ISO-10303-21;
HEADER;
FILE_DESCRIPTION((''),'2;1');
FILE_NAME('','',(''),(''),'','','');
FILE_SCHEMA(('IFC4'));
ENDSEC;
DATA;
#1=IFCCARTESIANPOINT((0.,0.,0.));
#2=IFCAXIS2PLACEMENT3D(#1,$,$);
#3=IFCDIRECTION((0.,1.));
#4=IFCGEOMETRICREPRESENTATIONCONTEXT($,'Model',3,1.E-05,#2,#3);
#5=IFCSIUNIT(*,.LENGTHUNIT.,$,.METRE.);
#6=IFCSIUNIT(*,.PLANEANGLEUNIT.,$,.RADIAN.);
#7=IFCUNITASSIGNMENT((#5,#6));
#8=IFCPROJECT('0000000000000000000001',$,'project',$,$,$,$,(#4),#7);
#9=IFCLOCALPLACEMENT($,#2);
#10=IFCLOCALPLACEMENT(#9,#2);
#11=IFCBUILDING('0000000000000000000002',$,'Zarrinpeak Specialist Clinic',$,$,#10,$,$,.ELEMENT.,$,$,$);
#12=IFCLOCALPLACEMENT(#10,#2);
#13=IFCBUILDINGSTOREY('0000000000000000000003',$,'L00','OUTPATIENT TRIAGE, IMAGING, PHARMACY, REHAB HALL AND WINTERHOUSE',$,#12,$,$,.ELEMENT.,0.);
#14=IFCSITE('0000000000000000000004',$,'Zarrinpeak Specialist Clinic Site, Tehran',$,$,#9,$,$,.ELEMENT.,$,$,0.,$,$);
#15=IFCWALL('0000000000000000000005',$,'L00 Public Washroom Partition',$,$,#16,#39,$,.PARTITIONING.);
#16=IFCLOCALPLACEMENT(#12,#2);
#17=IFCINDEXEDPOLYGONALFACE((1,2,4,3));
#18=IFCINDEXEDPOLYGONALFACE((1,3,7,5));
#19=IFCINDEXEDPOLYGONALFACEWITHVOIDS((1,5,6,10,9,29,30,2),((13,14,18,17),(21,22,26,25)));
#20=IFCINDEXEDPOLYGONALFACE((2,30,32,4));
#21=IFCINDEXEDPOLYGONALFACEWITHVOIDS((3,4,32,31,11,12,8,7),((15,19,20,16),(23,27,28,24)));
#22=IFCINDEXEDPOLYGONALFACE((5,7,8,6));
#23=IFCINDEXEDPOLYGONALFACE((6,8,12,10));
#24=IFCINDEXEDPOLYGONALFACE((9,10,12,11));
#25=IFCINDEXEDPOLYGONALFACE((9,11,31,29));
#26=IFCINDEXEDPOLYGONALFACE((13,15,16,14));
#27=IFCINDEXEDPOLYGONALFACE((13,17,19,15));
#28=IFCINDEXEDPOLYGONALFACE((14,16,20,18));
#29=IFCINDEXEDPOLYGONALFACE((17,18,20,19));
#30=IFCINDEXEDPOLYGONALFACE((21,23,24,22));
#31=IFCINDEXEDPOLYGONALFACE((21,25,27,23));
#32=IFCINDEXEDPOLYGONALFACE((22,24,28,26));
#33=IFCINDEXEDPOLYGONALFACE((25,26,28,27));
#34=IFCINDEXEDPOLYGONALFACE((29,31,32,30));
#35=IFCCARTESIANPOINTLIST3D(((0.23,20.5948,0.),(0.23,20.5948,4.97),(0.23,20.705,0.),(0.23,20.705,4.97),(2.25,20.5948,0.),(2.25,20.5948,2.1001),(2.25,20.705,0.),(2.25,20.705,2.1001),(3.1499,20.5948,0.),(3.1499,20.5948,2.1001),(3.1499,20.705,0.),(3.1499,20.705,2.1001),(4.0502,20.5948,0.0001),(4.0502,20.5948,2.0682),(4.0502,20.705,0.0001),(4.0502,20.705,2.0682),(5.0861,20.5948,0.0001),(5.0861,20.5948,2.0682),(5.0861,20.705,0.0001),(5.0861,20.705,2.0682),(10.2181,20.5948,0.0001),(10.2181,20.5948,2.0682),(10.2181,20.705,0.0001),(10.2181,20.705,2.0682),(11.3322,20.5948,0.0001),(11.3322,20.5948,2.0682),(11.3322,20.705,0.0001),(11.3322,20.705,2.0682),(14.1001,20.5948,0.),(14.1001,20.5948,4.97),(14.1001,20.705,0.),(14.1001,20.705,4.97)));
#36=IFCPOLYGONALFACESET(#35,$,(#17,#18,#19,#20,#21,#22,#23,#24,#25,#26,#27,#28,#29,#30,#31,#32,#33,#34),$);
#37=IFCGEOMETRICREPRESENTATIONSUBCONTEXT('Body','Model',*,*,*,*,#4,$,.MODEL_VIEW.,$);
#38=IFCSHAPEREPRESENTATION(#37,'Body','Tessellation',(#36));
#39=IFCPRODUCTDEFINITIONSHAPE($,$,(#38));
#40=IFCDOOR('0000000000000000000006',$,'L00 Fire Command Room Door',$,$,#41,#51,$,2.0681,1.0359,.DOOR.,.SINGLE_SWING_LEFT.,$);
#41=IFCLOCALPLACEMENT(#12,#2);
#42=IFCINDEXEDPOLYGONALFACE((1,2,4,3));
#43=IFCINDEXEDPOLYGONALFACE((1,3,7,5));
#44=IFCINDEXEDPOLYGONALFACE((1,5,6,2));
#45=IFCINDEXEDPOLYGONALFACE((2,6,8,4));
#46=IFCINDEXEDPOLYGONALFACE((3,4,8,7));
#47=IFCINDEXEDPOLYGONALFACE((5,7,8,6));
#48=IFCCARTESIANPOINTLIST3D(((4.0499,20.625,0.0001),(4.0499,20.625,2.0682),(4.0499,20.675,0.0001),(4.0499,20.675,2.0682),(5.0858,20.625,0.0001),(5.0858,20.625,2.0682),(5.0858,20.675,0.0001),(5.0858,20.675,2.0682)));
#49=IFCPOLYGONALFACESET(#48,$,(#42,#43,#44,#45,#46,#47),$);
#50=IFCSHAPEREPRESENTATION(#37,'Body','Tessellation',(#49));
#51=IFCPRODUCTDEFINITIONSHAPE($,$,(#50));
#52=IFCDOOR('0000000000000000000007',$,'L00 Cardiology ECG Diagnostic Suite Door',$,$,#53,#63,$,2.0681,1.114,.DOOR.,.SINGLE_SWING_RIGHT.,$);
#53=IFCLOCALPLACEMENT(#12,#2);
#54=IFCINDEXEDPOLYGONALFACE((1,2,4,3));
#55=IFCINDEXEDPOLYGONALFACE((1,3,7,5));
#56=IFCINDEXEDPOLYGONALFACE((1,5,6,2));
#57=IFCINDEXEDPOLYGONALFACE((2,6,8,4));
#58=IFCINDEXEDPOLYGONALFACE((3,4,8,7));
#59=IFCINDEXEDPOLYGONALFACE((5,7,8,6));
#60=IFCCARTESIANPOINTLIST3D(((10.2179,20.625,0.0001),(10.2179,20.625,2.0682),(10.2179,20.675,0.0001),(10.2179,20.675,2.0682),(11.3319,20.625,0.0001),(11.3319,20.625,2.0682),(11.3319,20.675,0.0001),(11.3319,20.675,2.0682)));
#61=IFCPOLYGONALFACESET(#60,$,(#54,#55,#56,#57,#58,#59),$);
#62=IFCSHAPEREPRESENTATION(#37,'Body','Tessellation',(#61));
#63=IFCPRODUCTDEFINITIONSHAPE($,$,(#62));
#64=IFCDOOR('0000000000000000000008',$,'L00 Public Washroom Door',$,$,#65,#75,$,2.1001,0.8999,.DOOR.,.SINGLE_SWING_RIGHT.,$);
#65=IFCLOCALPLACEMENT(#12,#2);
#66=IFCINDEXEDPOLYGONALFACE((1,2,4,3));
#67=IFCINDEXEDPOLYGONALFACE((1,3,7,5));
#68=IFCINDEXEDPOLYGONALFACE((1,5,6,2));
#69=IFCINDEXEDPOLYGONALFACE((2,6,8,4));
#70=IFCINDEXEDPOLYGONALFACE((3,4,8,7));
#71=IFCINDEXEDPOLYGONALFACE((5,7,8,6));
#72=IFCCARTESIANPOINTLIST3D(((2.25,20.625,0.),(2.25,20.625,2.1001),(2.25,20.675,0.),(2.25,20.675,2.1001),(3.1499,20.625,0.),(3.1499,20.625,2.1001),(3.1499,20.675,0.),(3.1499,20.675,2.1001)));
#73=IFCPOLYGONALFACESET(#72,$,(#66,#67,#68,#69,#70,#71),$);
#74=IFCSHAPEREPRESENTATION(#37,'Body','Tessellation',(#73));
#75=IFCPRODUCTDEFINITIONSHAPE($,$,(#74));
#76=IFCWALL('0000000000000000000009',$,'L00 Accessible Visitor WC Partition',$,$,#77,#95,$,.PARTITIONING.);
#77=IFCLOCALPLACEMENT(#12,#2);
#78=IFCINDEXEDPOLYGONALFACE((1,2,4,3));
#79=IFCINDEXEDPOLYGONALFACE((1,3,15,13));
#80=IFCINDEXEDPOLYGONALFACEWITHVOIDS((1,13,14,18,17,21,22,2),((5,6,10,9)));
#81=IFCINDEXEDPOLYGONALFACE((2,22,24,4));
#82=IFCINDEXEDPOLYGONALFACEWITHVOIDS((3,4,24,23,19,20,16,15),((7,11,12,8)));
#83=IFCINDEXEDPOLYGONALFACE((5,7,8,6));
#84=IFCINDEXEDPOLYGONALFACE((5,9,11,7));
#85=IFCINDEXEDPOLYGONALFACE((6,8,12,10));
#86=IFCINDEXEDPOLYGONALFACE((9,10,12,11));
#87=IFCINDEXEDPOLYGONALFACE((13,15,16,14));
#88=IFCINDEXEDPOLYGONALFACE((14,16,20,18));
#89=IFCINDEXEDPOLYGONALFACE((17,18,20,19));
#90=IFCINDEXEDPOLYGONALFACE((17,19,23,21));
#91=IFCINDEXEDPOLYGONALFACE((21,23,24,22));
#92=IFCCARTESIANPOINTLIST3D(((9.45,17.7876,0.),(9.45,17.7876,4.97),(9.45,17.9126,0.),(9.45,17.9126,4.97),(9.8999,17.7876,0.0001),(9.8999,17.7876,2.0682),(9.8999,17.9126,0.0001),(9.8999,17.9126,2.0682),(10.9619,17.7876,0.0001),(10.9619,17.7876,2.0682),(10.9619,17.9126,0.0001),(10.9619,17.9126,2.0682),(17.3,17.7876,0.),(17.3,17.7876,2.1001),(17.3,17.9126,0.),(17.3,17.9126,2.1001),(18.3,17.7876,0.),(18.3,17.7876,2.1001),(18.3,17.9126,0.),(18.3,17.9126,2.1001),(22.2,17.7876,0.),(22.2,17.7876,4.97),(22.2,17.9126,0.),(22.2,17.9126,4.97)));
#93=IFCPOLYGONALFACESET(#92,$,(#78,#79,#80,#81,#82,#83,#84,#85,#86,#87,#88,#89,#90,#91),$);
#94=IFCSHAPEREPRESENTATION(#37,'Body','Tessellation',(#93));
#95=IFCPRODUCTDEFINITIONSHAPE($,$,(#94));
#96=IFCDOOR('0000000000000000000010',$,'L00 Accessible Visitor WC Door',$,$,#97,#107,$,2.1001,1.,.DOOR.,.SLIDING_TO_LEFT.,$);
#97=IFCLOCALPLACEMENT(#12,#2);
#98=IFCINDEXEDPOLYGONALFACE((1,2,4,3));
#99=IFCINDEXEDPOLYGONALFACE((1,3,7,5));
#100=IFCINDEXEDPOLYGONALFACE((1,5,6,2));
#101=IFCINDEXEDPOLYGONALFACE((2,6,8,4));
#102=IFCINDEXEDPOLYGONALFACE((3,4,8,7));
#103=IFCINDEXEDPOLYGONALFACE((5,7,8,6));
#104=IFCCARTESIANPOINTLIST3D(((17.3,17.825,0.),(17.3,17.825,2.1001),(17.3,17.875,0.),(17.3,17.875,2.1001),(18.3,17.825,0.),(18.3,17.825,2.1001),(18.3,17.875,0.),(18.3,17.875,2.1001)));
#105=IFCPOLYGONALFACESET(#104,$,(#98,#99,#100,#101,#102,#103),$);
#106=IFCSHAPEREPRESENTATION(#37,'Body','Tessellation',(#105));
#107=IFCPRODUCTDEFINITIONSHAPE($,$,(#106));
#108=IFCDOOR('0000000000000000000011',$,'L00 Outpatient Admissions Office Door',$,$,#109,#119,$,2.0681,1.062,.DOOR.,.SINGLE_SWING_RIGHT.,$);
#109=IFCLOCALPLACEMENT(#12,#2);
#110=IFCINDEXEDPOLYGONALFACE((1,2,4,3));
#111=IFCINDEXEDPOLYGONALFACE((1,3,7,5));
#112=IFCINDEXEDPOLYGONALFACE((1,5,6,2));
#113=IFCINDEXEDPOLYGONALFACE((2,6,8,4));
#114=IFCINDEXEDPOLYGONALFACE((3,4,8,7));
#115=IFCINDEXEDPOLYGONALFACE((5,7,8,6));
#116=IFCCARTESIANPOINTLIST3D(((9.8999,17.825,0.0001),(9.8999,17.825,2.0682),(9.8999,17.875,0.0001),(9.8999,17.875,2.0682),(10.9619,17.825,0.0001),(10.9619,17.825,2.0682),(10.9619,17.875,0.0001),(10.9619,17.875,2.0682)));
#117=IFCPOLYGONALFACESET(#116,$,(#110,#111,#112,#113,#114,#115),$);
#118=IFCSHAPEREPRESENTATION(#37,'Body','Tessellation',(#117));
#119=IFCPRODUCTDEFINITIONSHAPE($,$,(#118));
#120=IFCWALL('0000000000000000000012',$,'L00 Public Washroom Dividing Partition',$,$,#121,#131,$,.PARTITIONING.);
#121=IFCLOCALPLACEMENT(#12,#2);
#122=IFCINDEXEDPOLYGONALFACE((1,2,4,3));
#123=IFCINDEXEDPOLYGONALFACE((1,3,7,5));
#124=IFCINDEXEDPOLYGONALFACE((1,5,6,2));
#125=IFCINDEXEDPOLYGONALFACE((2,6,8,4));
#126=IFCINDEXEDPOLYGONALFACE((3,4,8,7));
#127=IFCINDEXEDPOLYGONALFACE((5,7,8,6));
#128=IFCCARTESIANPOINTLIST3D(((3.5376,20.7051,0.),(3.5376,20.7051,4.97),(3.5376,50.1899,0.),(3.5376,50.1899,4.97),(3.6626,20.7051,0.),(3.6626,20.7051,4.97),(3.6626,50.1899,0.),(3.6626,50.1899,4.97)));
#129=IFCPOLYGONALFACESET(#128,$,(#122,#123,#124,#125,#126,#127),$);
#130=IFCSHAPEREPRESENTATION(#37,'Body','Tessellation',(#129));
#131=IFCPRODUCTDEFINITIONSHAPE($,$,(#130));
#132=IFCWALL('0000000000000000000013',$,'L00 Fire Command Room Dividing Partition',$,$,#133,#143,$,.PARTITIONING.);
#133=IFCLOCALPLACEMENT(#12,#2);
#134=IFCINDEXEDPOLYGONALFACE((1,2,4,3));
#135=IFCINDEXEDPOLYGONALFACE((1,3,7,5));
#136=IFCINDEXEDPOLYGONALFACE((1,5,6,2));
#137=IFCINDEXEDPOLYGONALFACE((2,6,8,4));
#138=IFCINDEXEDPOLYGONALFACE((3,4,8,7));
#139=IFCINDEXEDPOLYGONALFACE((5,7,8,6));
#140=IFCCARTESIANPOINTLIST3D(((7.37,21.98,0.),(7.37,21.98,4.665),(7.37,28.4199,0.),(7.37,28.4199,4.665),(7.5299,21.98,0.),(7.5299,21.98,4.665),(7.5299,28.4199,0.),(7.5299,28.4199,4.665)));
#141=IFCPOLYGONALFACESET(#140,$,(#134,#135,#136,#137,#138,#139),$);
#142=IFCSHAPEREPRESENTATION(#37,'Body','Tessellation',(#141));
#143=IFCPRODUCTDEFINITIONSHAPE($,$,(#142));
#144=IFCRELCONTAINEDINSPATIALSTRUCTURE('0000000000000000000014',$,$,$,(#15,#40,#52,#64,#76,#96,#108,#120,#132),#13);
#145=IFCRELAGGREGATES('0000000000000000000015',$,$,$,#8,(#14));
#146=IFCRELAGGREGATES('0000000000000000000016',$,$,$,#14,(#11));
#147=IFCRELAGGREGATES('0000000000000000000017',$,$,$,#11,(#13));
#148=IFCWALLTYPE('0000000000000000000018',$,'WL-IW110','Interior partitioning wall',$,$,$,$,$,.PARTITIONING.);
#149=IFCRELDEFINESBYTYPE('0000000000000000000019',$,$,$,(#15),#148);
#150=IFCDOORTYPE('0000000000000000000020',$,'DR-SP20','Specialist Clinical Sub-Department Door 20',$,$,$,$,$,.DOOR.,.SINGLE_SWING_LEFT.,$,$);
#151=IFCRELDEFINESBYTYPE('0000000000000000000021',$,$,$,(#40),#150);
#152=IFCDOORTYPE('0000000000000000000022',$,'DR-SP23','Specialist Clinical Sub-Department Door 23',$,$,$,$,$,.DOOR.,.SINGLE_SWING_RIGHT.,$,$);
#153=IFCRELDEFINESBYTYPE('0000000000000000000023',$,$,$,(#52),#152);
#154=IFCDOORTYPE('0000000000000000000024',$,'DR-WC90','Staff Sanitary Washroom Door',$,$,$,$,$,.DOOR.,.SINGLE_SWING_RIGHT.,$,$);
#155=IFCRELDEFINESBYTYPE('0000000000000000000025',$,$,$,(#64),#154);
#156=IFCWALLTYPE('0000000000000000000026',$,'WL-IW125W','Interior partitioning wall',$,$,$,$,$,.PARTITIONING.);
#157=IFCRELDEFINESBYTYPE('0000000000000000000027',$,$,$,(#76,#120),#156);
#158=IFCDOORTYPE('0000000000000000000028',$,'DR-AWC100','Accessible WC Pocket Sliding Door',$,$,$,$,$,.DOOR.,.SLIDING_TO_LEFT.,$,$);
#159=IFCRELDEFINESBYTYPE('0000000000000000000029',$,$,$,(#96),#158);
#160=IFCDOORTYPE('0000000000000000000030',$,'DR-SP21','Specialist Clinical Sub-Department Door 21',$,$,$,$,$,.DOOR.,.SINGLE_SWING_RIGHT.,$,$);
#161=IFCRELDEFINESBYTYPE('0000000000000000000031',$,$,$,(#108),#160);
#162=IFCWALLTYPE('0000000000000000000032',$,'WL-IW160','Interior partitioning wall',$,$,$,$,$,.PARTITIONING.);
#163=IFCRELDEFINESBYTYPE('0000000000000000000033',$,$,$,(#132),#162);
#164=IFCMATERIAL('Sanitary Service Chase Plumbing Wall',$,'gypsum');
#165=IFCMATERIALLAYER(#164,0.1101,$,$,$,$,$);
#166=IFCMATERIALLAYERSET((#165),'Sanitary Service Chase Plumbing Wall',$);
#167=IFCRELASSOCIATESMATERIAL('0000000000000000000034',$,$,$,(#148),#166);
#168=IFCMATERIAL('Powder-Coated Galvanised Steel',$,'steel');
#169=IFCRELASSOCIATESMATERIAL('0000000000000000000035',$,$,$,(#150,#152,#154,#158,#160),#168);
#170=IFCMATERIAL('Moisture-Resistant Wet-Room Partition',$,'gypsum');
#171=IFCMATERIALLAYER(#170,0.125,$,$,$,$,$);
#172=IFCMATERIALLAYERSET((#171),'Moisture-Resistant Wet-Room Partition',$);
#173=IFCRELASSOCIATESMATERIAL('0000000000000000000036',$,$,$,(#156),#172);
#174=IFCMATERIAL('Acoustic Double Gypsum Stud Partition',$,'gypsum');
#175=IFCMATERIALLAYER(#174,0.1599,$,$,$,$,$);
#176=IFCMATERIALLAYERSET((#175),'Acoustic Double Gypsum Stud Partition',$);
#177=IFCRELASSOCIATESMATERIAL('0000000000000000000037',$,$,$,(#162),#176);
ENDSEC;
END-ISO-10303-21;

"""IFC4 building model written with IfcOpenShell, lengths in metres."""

from ifc_helpers import new_model, si_unit, direction, frame, frame_2d, origin, place, context, subcontext, project, spatial, rectangle, extrude, material, layer, layer_set, type_object, element, fill, save


model = new_model("IFC4")

# Units and contexts
model_context = context("Model", 3, precision=1e-05, world=origin(), true_north=direction((0.0, 1.0)))
body_context = subcontext(model_context, "Body", "Model", "MODEL_VIEW")
ifc_project = project(units=[si_unit("LENGTHUNIT", "METRE"), si_unit("PLANEANGLEUNIT", "RADIAN")], contexts=[model_context])

# Site, building, storey
site_placement = place(None, origin())
site = spatial("IfcSite", under=ifc_project, at=site_placement, Name="Zarrinpeak Specialist Clinic Site, Tehran", CompositionType="ELEMENT", RefElevation=0.0)
building_placement = place(site_placement, origin())
building = spatial("IfcBuilding", under=site, at=building_placement, Name="Zarrinpeak Specialist Clinic", CompositionType="ELEMENT")
storey_placement = place(building_placement, origin())
storey = spatial("IfcBuildingStorey", under=building, at=storey_placement, Name="L00", Description="OUTPATIENT TRIAGE, IMAGING, PHARMACY, REHAB HALL AND WINTERHOUSE", CompositionType="ELEMENT", Elevation=0.0)

# Walls, openings, doors
ifc_material_1 = material(Name="Sanitary Service Chase Plumbing Wall", Category="gypsum")
ifc_layer_1 = layer(ifc_material_1, 0.1101)
ifc_layer_set_1 = layer_set([ifc_layer_1], Name="Sanitary Service Chase Plumbing Wall")
wall_type_1 = type_object("IfcWallType", Name="WL-IW110", Description="Interior partitioning wall", PredefinedType="PARTITIONING", material=ifc_layer_set_1)
wall_1_placement = place(storey_placement, frame((0.23, 20.6499, 0.0), z_axis=(0.0, 0.0, 1.0), x_axis=(1.0, 0.0, 0.0)))
wall_1 = element("IfcWall", 1, at=wall_1_placement, inside=storey, type_object=wall_type_1, Name="L00 Public Washroom Partition", PredefinedType="PARTITIONING", context=body_context, shape_type="SweptSolid", body=[
    extrude(rectangle(XDim=13.8701, YDim=0.1101, at=frame_2d((6.9351, 0.0))), origin(), (0.0, 0.0, 1.0), 4.97),
])
opening_1_placement = place(wall_1_placement, frame((2.02, 0.0, 0.0)))
opening_1 = element("IfcOpeningElement", 2, at=opening_1_placement, cuts=wall_1, PredefinedType="OPENING", context=body_context, shape_type="SweptSolid", body=[
    extrude(rectangle(XDim=0.8999, YDim=2.1001, at=frame_2d((0.45, 1.05))), frame((0.0, 0.0649, 0.0), z_axis=(0.0, -1.0, 0.0), x_axis=(1.0, 0.0, 0.0)), (0.0, 0.0, 1.0), 0.1301),
])
opening_2_placement = place(wall_1_placement, frame((3.8201, 0.0, 0.0)))
opening_2 = element("IfcOpeningElement", 3, at=opening_2_placement, cuts=wall_1, PredefinedType="OPENING", context=body_context, shape_type="SweptSolid", body=[
    extrude(rectangle(XDim=1.0359, YDim=2.0681, at=frame_2d((0.5181, 1.0342))), frame((0.0, 0.0649, 0.0), z_axis=(0.0, -1.0, 0.0), x_axis=(1.0, 0.0, 0.0)), (0.0, 0.0, 1.0), 0.1301),
])
opening_3_placement = place(wall_1_placement, frame((9.988, 0.0, 0.0)))
opening_3 = element("IfcOpeningElement", 4, at=opening_3_placement, cuts=wall_1, PredefinedType="OPENING", context=body_context, shape_type="SweptSolid", body=[
    extrude(rectangle(XDim=1.114, YDim=2.0681, at=frame_2d((0.5571, 1.0342))), frame((0.0, 0.0649, 0.0), z_axis=(0.0, -1.0, 0.0), x_axis=(1.0, 0.0, 0.0)), (0.0, 0.0, 1.0), 0.1301),
])
ifc_material_2 = material(Name="Powder-Coated Galvanised Steel", Category="steel")
door_type_1 = type_object("IfcDoorType", Name="DR-SP20", Description="Specialist Clinical Sub-Department Door 20", OperationType="SINGLE_SWING_LEFT", PredefinedType="DOOR", material=ifc_material_2)
door_1_placement = place(opening_2_placement, frame((1.0359, 0.0, 0.0), z_axis=(0.0, 0.0, 1.0), x_axis=(-1.0, 0.0, 0.0)))
door_1 = element("IfcDoor", 5, at=door_1_placement, inside=storey, type_object=door_type_1, Name="L00 Fire Command Room Door", OperationType="SINGLE_SWING_LEFT", OverallHeight=2.0681, OverallWidth=1.0359, PredefinedType="DOOR", context=body_context, shape_type="SweptSolid", body=[
    extrude(rectangle(XDim=1.0359, YDim=2.0681, at=frame_2d((0.5181, 1.0342))), frame((0.0, 0.0249, 0.0), z_axis=(0.0, -1.0, 0.0), x_axis=(1.0, 0.0, 0.0)), (0.0, 0.0, 1.0), 0.05),
])
fill(opening_2, door_1)
door_type_2 = type_object("IfcDoorType", Name="DR-SP23", Description="Specialist Clinical Sub-Department Door 23", OperationType="SINGLE_SWING_RIGHT", PredefinedType="DOOR", material=ifc_material_2)
door_2_placement = place(opening_3_placement, frame((1.114, 0.0, 0.0), z_axis=(0.0, 0.0, 1.0), x_axis=(-1.0, 0.0, 0.0)))
door_2 = element("IfcDoor", 6, at=door_2_placement, inside=storey, type_object=door_type_2, Name="L00 Cardiology ECG Diagnostic Suite Door", OperationType="SINGLE_SWING_RIGHT", OverallHeight=2.0681, OverallWidth=1.114, PredefinedType="DOOR", context=body_context, shape_type="SweptSolid", body=[
    extrude(rectangle(XDim=1.114, YDim=2.0681, at=frame_2d((0.5571, 1.0342))), frame((0.0, 0.0249, 0.0), z_axis=(0.0, -1.0, 0.0), x_axis=(1.0, 0.0, 0.0)), (0.0, 0.0, 1.0), 0.05),
])
fill(opening_3, door_2)
door_type_3 = type_object("IfcDoorType", Name="DR-WC90", Description="Staff Sanitary Washroom Door", OperationType="SINGLE_SWING_RIGHT", PredefinedType="DOOR", material=ifc_material_2)
door_3_placement = place(opening_1_placement, frame((0.8999, 0.0, 0.0), z_axis=(0.0, 0.0, 1.0), x_axis=(-1.0, 0.0, 0.0)))
door_3 = element("IfcDoor", 7, at=door_3_placement, inside=storey, type_object=door_type_3, Name="L00 Public Washroom Door", OperationType="SINGLE_SWING_RIGHT", OverallHeight=2.1001, OverallWidth=0.8999, PredefinedType="DOOR", context=body_context, shape_type="SweptSolid", body=[
    extrude(rectangle(XDim=0.8999, YDim=2.1001, at=frame_2d((0.45, 1.05))), frame((0.0, 0.0249, 0.0), z_axis=(0.0, -1.0, 0.0), x_axis=(1.0, 0.0, 0.0)), (0.0, 0.0, 1.0), 0.05),
])
fill(opening_1, door_3)
ifc_material_3 = material(Name="Moisture-Resistant Wet-Room Partition", Category="gypsum")
ifc_layer_2 = layer(ifc_material_3, 0.125)
ifc_layer_set_2 = layer_set([ifc_layer_2], Name="Moisture-Resistant Wet-Room Partition")
wall_type_2 = type_object("IfcWallType", Name="WL-IW125W", Description="Interior partitioning wall", PredefinedType="PARTITIONING", material=ifc_layer_set_2)
wall_2_placement = place(storey_placement, frame((9.45, 17.8501, 0.0), z_axis=(0.0, 0.0, 1.0), x_axis=(1.0, 0.0, 0.0)))
wall_2 = element("IfcWall", 8, at=wall_2_placement, inside=storey, type_object=wall_type_2, Name="L00 Accessible Visitor WC Partition", PredefinedType="PARTITIONING", context=body_context, shape_type="SweptSolid", body=[
    extrude(rectangle(XDim=12.75, YDim=0.125, at=frame_2d((6.375, 0.0))), origin(), (0.0, 0.0, 1.0), 4.97),
])
opening_4_placement = place(wall_2_placement, frame((7.8501, 0.0, 0.0)))
opening_4 = element("IfcOpeningElement", 9, at=opening_4_placement, cuts=wall_2, PredefinedType="OPENING", context=body_context, shape_type="SweptSolid", body=[
    extrude(rectangle(XDim=1.0, YDim=2.1001, at=frame_2d((0.5, 1.05))), frame((0.0, 0.0725, 0.0), z_axis=(0.0, -1.0, 0.0), x_axis=(1.0, 0.0, 0.0)), (0.0, 0.0, 1.0), 0.145),
])
opening_5_placement = place(wall_2_placement, frame((0.45, 0.0, 0.0)))
opening_5 = element("IfcOpeningElement", 10, at=opening_5_placement, cuts=wall_2, PredefinedType="OPENING", context=body_context, shape_type="SweptSolid", body=[
    extrude(rectangle(XDim=1.062, YDim=2.0681, at=frame_2d((0.531, 1.0342))), frame((0.0, 0.0725, 0.0), z_axis=(0.0, -1.0, 0.0), x_axis=(1.0, 0.0, 0.0)), (0.0, 0.0, 1.0), 0.145),
])
door_type_4 = type_object("IfcDoorType", Name="DR-AWC100", Description="Accessible WC Pocket Sliding Door", OperationType="SLIDING_TO_LEFT", PredefinedType="DOOR", material=ifc_material_2)
door_4_placement = place(opening_4_placement, origin())
door_4 = element("IfcDoor", 11, at=door_4_placement, inside=storey, type_object=door_type_4, Name="L00 Accessible Visitor WC Door", OperationType="SLIDING_TO_LEFT", OverallHeight=2.1001, OverallWidth=1.0, PredefinedType="DOOR", context=body_context, shape_type="SweptSolid", body=[
    extrude(rectangle(XDim=1.0, YDim=2.1001, at=frame_2d((0.5, 1.05))), frame((0.0, 0.0249, 0.0), z_axis=(0.0, -1.0, 0.0), x_axis=(1.0, 0.0, 0.0)), (0.0, 0.0, 1.0), 0.05),
])
fill(opening_4, door_4)
door_type_5 = type_object("IfcDoorType", Name="DR-SP21", Description="Specialist Clinical Sub-Department Door 21", OperationType="SINGLE_SWING_RIGHT", PredefinedType="DOOR", material=ifc_material_2)
door_5_placement = place(opening_5_placement, origin())
door_5 = element("IfcDoor", 12, at=door_5_placement, inside=storey, type_object=door_type_5, Name="L00 Outpatient Admissions Office Door", OperationType="SINGLE_SWING_RIGHT", OverallHeight=2.0681, OverallWidth=1.062, PredefinedType="DOOR", context=body_context, shape_type="SweptSolid", body=[
    extrude(rectangle(XDim=1.062, YDim=2.0681, at=frame_2d((0.531, 1.0342))), frame((0.0, 0.0249, 0.0), z_axis=(0.0, -1.0, 0.0), x_axis=(1.0, 0.0, 0.0)), (0.0, 0.0, 1.0), 0.05),
])
fill(opening_5, door_5)

# Walls
wall_3_placement = place(storey_placement, frame((3.6001, 20.7051, 0.0), z_axis=(0.0, 0.0, 1.0), x_axis=(0.0, 1.0, 0.0)))
element("IfcWall", 13, at=wall_3_placement, inside=storey, type_object=wall_type_2, Name="L00 Public Washroom Dividing Partition", PredefinedType="PARTITIONING", context=body_context, shape_type="SweptSolid", body=[
    extrude(rectangle(XDim=29.4849, YDim=0.125, at=frame_2d((14.7424, 0.0))), origin(), (0.0, 0.0, 1.0), 4.97),
])
ifc_material_4 = material(Name="Acoustic Double Gypsum Stud Partition", Category="gypsum")
ifc_layer_3 = layer(ifc_material_4, 0.1599)
ifc_layer_set_3 = layer_set([ifc_layer_3], Name="Acoustic Double Gypsum Stud Partition")
wall_type_3 = type_object("IfcWallType", Name="WL-IW160", Description="Interior partitioning wall", PredefinedType="PARTITIONING", material=ifc_layer_set_3)
wall_4_placement = place(storey_placement, frame((7.45, 21.98, 0.0), z_axis=(0.0, 0.0, 1.0), x_axis=(0.0, 1.0, 0.0)))
element("IfcWall", 14, at=wall_4_placement, inside=storey, type_object=wall_type_3, Name="L00 Fire Command Room Dividing Partition", PredefinedType="PARTITIONING", context=body_context, shape_type="SweptSolid", body=[
    extrude(rectangle(XDim=6.4399, YDim=0.1599, at=frame_2d((3.22, 0.0))), origin(), (0.0, 0.0, 1.0), 4.665),
])

save(model, "model.ifc")
